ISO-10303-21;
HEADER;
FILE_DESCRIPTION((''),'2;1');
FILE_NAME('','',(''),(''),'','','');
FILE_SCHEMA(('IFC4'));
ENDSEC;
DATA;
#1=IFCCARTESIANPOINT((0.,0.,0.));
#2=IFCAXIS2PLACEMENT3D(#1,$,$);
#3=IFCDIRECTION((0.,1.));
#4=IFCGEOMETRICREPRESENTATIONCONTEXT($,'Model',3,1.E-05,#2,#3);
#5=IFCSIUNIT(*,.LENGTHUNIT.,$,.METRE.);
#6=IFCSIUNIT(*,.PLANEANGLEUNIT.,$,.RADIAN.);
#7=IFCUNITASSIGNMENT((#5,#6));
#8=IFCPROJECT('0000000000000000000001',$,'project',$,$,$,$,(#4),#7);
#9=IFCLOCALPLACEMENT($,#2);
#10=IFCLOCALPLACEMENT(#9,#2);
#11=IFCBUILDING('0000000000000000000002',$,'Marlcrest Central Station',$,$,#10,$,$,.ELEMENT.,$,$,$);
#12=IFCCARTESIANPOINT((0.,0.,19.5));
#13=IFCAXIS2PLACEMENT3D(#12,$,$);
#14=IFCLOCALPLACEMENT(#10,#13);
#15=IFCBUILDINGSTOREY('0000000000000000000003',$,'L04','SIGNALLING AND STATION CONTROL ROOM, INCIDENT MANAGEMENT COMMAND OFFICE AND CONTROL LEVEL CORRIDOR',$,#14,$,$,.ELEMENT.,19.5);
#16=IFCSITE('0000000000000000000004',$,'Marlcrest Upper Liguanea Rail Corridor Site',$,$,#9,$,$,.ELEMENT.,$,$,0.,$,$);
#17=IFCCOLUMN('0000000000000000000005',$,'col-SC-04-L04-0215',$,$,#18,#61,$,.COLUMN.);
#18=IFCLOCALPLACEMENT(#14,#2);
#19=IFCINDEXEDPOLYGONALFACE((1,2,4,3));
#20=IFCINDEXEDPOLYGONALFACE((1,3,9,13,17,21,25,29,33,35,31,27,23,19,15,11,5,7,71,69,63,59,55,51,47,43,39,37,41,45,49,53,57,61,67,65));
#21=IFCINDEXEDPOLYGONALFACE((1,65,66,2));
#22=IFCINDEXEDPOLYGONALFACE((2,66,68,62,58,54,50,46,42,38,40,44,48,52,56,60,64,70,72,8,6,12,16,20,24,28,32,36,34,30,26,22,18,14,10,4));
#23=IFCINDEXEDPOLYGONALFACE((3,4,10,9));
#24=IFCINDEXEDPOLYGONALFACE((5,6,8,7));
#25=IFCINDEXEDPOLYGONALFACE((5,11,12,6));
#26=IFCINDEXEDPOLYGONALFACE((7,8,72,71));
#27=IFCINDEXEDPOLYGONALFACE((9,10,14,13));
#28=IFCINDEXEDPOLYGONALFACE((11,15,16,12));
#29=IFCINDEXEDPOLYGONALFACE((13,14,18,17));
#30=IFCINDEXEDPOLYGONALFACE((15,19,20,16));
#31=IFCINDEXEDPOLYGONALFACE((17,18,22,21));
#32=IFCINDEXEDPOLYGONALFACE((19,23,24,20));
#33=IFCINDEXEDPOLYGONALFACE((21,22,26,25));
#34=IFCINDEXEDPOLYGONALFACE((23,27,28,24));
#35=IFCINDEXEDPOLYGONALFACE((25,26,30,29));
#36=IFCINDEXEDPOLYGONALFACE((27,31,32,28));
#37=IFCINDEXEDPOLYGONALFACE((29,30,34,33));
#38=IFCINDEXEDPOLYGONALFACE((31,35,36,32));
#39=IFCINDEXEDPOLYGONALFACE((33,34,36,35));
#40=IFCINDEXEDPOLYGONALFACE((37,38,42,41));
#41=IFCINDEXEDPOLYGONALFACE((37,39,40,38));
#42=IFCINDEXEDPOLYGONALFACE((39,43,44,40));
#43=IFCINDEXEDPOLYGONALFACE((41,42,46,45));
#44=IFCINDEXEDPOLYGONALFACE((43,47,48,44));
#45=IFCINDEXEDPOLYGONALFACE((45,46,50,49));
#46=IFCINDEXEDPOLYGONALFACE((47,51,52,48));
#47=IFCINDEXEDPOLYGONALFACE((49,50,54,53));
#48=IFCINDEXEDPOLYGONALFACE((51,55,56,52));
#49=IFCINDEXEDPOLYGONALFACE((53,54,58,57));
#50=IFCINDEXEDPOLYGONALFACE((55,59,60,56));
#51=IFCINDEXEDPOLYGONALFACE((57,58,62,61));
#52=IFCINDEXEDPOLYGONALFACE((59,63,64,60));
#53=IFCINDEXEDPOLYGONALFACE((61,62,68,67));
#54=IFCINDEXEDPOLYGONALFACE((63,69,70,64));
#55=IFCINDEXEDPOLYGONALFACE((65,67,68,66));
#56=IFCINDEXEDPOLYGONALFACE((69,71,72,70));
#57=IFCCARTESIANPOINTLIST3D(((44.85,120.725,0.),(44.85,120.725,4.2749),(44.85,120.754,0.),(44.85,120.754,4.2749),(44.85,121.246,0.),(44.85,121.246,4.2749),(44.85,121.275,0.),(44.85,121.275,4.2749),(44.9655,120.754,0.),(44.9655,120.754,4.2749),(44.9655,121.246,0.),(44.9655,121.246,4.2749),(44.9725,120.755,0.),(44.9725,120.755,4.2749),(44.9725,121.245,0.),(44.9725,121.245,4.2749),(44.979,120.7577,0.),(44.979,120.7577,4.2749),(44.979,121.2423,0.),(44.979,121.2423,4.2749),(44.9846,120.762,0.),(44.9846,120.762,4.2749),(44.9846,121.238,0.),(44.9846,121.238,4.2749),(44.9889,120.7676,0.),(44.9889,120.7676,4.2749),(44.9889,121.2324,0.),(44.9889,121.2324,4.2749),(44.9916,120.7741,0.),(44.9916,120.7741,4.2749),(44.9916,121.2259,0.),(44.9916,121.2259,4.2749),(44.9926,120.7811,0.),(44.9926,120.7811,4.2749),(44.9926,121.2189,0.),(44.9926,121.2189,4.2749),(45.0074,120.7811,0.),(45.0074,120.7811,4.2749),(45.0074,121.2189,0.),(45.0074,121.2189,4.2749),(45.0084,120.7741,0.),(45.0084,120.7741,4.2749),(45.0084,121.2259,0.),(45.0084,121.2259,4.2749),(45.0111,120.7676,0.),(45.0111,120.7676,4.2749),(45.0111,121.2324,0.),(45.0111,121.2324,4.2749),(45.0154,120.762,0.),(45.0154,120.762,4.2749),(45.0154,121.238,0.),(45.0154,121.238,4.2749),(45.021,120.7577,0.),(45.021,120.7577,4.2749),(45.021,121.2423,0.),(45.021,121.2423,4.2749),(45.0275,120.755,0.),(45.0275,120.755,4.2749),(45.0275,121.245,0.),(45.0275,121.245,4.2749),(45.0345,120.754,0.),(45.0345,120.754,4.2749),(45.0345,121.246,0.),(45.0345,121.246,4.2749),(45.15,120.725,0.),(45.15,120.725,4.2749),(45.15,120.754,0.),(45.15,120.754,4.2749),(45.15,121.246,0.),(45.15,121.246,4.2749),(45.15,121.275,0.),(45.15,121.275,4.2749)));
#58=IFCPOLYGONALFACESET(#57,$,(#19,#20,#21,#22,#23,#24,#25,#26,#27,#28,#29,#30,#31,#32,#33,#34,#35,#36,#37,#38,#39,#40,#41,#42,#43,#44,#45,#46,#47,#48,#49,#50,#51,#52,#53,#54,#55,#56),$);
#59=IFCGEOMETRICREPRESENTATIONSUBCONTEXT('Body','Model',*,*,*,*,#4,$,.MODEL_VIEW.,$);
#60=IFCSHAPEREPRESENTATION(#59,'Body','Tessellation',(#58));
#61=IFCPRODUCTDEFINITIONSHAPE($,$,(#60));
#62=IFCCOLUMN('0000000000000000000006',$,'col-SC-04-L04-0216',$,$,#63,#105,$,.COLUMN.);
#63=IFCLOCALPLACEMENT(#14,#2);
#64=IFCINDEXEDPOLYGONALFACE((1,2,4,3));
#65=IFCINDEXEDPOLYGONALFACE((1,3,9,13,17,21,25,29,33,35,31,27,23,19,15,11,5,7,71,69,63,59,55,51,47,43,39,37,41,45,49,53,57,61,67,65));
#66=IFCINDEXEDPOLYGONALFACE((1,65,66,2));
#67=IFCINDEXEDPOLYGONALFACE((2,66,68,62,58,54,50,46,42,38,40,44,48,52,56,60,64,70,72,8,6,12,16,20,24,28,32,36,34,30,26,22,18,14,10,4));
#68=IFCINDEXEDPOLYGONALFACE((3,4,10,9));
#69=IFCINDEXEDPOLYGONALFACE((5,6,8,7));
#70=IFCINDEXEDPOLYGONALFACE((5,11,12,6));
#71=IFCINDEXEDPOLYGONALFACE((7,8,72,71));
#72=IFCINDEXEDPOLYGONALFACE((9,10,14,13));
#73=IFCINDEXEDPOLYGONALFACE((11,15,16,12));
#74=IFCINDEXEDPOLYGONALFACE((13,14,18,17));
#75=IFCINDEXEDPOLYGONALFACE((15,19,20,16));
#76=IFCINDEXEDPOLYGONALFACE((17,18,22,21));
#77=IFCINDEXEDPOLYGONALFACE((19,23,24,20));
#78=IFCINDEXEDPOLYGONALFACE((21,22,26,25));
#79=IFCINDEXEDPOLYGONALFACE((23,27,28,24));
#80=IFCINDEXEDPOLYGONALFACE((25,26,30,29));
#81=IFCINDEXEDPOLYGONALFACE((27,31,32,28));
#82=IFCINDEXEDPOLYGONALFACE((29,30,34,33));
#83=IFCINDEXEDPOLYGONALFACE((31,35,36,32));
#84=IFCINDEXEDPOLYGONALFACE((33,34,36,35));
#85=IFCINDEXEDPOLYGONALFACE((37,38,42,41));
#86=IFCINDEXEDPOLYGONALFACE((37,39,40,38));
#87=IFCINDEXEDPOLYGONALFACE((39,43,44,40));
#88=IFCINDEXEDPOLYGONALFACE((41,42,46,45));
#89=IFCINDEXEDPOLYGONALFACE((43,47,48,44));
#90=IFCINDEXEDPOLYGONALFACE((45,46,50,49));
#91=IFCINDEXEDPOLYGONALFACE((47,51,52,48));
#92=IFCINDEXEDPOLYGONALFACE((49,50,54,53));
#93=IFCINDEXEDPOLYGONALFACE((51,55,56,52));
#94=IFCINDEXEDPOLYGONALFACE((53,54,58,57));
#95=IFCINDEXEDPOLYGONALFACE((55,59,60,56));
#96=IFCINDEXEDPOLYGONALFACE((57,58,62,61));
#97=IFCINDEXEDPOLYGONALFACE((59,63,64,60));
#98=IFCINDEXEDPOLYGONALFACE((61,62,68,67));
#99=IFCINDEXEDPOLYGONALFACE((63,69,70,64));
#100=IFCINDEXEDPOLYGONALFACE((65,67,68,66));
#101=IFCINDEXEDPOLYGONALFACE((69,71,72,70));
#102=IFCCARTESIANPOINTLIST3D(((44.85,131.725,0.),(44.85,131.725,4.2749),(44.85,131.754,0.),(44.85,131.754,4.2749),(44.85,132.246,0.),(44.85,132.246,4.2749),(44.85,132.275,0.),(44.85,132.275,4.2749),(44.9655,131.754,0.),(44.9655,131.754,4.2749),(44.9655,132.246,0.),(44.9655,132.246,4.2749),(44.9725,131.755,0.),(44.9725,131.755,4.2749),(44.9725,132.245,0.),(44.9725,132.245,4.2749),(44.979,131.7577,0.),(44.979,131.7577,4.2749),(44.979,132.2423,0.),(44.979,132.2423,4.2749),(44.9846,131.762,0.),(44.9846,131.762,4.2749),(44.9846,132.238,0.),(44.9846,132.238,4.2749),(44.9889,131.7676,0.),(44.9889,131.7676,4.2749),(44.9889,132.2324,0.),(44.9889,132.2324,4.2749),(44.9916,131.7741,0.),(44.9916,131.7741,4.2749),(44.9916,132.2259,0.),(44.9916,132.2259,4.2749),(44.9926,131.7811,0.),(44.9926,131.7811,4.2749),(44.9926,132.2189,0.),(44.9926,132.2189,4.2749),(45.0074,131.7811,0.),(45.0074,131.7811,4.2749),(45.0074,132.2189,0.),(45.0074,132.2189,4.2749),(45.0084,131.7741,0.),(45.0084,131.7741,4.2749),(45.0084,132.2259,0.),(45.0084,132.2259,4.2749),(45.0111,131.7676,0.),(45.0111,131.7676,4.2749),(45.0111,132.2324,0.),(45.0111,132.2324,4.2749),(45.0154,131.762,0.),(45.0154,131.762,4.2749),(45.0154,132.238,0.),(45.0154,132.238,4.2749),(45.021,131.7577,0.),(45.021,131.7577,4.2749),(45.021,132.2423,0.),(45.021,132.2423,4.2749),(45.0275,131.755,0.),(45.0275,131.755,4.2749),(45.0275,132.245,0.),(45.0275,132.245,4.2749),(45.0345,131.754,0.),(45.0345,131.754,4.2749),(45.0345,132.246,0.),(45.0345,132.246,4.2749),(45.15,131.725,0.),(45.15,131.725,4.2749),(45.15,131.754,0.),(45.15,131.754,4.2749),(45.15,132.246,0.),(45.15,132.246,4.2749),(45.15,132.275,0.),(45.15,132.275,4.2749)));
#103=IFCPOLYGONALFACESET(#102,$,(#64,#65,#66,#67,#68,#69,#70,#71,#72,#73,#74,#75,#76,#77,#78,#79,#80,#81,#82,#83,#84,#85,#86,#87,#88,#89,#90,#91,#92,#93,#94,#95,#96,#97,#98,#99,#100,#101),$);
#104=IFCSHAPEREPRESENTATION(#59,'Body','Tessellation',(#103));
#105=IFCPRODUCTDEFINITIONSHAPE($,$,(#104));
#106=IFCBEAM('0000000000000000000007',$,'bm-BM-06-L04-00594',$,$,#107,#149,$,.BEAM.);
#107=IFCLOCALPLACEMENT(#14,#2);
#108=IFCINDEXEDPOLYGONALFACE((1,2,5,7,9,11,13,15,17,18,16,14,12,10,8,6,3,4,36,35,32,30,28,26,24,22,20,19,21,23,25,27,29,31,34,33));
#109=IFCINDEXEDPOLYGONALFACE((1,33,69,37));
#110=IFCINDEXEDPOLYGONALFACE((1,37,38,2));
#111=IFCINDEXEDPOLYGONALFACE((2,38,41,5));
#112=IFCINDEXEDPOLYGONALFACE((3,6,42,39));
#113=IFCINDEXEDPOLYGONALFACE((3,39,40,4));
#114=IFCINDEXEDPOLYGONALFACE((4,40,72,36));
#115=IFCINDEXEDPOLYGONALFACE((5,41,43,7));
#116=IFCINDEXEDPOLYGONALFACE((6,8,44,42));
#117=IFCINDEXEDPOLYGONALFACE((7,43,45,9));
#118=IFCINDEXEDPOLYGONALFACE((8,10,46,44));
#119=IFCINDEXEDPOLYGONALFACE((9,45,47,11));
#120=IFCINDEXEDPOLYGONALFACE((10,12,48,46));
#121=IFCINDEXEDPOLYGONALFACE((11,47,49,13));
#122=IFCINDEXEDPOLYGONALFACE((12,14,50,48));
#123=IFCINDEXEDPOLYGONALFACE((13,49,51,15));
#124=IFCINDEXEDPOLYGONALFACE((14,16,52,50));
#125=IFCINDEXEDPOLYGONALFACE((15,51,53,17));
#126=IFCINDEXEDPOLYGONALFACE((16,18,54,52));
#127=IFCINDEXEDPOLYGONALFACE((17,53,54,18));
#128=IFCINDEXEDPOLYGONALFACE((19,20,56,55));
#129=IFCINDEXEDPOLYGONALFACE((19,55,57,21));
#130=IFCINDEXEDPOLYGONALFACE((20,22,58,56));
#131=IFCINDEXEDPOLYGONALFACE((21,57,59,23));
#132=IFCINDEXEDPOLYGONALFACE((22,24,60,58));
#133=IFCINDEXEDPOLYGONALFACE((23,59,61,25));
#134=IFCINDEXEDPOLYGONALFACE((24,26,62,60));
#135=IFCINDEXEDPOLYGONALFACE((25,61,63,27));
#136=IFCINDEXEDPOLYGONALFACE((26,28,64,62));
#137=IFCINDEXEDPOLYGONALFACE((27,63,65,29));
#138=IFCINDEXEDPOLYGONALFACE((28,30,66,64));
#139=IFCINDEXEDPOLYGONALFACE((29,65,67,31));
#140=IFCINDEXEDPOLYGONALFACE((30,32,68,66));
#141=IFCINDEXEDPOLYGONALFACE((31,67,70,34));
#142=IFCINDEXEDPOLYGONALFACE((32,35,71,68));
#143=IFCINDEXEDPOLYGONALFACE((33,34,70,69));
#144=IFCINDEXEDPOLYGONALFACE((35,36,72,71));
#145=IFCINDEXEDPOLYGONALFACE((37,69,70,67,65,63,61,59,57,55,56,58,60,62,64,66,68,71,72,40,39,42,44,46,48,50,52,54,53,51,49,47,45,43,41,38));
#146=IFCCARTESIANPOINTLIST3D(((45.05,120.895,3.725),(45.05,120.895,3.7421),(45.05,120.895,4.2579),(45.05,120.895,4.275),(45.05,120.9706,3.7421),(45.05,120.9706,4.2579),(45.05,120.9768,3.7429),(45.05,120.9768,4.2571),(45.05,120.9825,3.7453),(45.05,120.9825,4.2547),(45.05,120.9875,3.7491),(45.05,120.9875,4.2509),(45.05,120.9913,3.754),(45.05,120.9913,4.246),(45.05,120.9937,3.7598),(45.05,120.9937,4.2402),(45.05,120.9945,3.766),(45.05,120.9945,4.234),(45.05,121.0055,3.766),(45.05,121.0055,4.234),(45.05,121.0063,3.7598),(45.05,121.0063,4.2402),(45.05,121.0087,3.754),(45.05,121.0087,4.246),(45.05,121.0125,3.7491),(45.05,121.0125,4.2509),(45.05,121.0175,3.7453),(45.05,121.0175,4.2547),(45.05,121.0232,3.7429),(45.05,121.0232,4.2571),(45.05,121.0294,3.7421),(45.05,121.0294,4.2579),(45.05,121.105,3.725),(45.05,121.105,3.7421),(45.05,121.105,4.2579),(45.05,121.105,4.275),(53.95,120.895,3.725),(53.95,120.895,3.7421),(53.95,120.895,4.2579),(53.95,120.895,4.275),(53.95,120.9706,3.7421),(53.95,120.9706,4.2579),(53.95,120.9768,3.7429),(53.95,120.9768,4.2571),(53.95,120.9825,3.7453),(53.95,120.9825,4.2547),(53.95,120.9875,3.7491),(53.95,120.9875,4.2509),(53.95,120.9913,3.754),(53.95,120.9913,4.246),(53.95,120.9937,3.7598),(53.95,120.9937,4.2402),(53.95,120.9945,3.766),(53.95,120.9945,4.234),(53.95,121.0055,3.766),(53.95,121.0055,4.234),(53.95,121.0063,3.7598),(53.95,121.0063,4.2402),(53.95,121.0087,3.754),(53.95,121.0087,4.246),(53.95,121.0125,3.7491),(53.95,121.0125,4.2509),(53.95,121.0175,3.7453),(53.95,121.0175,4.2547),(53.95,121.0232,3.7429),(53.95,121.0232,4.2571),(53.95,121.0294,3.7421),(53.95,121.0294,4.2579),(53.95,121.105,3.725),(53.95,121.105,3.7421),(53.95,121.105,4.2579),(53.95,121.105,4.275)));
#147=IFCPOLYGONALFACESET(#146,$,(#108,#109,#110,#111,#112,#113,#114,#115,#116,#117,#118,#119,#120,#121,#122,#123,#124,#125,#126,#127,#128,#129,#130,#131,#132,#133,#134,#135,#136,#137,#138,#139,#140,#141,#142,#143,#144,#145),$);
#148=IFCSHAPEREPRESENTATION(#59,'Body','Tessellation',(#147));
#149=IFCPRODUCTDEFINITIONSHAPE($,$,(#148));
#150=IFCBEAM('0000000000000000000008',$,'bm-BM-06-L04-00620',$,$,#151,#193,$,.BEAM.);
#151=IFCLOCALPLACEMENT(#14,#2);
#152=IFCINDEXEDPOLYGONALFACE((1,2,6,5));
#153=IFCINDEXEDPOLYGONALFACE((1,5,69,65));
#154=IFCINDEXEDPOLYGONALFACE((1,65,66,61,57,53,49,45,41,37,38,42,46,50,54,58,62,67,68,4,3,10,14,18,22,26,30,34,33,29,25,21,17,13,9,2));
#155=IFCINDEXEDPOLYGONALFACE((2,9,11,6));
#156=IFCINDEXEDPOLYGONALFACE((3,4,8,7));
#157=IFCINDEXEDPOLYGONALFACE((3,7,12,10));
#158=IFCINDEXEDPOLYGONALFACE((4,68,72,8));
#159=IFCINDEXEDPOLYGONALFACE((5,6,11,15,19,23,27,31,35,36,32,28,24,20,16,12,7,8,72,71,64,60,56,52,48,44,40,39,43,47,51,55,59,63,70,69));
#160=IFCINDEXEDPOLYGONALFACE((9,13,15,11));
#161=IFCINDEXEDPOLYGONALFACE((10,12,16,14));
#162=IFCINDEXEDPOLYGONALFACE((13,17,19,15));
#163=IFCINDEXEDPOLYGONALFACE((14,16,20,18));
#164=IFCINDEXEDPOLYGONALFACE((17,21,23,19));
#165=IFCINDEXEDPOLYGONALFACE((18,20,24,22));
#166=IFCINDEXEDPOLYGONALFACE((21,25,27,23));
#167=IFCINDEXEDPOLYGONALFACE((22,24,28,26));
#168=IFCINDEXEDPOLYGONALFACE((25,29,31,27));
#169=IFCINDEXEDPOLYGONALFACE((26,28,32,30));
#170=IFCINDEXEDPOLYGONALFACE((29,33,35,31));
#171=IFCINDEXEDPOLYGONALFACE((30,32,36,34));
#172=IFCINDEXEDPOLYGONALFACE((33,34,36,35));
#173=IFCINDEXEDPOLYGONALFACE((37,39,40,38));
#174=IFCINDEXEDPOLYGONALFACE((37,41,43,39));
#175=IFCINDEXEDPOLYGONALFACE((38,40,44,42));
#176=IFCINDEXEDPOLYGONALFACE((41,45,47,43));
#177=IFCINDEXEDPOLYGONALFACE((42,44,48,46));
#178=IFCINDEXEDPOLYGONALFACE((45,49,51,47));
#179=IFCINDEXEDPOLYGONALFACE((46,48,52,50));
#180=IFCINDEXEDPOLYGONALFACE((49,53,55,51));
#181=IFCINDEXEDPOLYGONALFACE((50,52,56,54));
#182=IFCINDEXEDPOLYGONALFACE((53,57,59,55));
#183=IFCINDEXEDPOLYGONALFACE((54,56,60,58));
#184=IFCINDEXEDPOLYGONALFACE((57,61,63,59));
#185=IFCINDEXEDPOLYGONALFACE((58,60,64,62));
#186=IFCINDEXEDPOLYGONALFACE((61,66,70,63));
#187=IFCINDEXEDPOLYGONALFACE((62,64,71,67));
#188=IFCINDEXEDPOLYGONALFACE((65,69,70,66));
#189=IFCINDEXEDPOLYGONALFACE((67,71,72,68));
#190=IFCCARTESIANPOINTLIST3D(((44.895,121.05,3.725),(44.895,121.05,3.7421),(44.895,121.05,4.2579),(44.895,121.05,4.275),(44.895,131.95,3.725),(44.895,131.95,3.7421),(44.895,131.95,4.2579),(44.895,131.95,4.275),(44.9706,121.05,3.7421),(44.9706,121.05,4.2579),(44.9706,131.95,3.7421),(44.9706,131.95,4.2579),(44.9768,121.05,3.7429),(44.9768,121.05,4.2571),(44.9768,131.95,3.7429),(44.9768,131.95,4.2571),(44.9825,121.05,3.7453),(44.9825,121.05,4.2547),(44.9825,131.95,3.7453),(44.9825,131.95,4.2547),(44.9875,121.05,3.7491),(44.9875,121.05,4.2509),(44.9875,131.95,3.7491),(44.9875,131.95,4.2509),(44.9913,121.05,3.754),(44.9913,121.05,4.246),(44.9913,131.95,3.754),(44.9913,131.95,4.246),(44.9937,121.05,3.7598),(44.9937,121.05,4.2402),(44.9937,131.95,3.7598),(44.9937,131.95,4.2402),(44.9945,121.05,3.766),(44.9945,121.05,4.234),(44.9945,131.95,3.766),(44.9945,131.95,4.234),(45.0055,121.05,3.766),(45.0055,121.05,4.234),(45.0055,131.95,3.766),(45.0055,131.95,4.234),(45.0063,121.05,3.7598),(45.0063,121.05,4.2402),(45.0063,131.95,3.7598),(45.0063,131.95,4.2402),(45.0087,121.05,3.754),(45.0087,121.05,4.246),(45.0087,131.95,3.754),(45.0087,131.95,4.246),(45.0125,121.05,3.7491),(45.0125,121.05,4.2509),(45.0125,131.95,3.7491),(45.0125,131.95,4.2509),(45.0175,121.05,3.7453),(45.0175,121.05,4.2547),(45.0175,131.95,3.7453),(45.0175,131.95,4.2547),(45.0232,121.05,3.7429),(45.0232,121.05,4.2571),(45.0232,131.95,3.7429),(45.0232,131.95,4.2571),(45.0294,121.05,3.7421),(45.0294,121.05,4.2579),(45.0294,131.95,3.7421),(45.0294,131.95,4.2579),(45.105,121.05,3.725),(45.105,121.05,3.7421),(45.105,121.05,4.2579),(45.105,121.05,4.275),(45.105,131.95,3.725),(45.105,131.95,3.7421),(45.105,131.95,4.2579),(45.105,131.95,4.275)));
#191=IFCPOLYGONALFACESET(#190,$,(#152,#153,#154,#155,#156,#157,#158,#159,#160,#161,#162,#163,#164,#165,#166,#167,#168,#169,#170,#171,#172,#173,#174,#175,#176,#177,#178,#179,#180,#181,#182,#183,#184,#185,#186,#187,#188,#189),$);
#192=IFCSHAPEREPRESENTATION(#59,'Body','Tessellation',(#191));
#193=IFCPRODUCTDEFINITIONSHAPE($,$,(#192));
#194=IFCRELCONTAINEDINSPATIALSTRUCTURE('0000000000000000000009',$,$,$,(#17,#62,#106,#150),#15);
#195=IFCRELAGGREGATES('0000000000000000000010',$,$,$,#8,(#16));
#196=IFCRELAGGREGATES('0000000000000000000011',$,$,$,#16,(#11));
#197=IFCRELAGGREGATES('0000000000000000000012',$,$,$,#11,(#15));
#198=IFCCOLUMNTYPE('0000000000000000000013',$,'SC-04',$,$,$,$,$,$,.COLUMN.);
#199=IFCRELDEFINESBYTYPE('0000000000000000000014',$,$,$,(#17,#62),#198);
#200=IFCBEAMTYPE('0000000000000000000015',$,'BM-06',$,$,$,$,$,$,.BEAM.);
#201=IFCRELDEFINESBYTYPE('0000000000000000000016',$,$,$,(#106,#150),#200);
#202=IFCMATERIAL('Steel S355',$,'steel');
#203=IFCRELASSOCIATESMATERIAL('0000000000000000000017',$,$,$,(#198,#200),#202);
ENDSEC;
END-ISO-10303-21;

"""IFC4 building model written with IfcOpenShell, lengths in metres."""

from ifc_helpers import new_model, si_unit, direction, frame, origin, origin_2d, place, context, subcontext, project, spatial, i_section, extrude, material, material_profile, profile_set, type_object, element, save


model = new_model("IFC4")

# Units and contexts
model_context = context("Model", 3, precision=1e-05, world=origin(), true_north=direction((0.0, 1.0)))
body_context = subcontext(model_context, "Body", "Model", "MODEL_VIEW")
ifc_project = project(units=[si_unit("LENGTHUNIT", "METRE"), si_unit("PLANEANGLEUNIT", "RADIAN")], contexts=[model_context])

# Site, building, storey
site_placement = place(None, origin())
site = spatial("IfcSite", under=ifc_project, at=site_placement, Name="Marlcrest Upper Liguanea Rail Corridor Site", CompositionType="ELEMENT", RefElevation=0.0)
building_placement = place(site_placement, origin())
building = spatial("IfcBuilding", under=site, at=building_placement, Name="Marlcrest Central Station", CompositionType="ELEMENT")
storey_placement = place(building_placement, frame((0.0, 0.0, 19.5)))
storey = spatial("IfcBuildingStorey", under=building, at=storey_placement, Name="L04", Description="SIGNALLING AND STATION CONTROL ROOM, INCIDENT MANAGEMENT COMMAND OFFICE AND CONTROL LEVEL CORRIDOR", CompositionType="ELEMENT", Elevation=19.5)

# Columns
ifc_material_1 = material(Name="Steel S355", Category="steel")
ifc_material_profile_1 = material_profile(ifc_material_1, i_section(OverallWidth=0.3, OverallDepth=0.55, WebThickness=0.0149, FlangeThickness=0.0291, FilletRadius=0.0271, at=origin_2d()), Name="HEB 550")
ifc_profile_set_1 = profile_set([ifc_material_profile_1], Name="Steel S355")
column_type = type_object("IfcColumnType", Name="SC-04", PredefinedType="COLUMN", material=ifc_profile_set_1)
for number, where, z_axis, x_axis, name in (
    (1, (45.0, 121.0, 0.0), (0.0, 0.0, 1.0), (1.0, 0.0, 0.0), "col-SC-04-L04-0215"),
    (2, (45.0, 132.0, 0.0), (0.0, 0.0, 1.0), (1.0, 0.0, 0.0), "col-SC-04-L04-0216"),
):
    element("IfcColumn", number, at=place(storey_placement, frame(where, z_axis=z_axis, x_axis=x_axis)), inside=storey, type_object=column_type, Name=name, PredefinedType="COLUMN", context=body_context, shape_type="SweptSolid", body=[
        extrude(i_section(OverallWidth=0.3, OverallDepth=0.55, WebThickness=0.0149, FlangeThickness=0.0291, FilletRadius=0.0271, at=origin_2d()), origin(), (0.0, 0.0, 1.0), 4.2749),
    ])

# Beams
ifc_material_profile_2 = material_profile(ifc_material_1, i_section(OverallWidth=0.21, OverallDepth=0.55, WebThickness=0.011, FlangeThickness=0.0171, FilletRadius=0.0239, at=origin_2d()), Name="IPE 550")
ifc_profile_set_2 = profile_set([ifc_material_profile_2], Name="Steel S355")
beam_type_1 = type_object("IfcBeamType", Name="BM-06", PredefinedType="BEAM", material=ifc_profile_set_2)
beam_1_placement = place(storey_placement, frame((45.05, 121.0, 4.0), z_axis=(1.0, 0.0, 0.0), x_axis=(0.0, 1.0, 0.0)))
element("IfcBeam", 3, at=beam_1_placement, inside=storey, type_object=beam_type_1, Name="bm-BM-06-L04-00594", PredefinedType="BEAM", context=body_context, shape_type="SweptSolid", body=[
    extrude(i_section(OverallWidth=0.21, OverallDepth=0.55, WebThickness=0.011, FlangeThickness=0.0171, FilletRadius=0.0239, at=origin_2d()), origin(), (0.0, 0.0, 1.0), 8.8999),
])
beam_2_placement = place(storey_placement, frame((45.0, 121.05, 4.0), z_axis=(0.0, 1.0, 0.0), x_axis=(-1.0, 0.0, 0.0)))
element("IfcBeam", 4, at=beam_2_placement, inside=storey, type_object=beam_type_1, Name="bm-BM-06-L04-00620", PredefinedType="BEAM", context=body_context, shape_type="SweptSolid", body=[
    extrude(i_section(OverallWidth=0.21, OverallDepth=0.55, WebThickness=0.011, FlangeThickness=0.0171, FilletRadius=0.0239, at=origin_2d()), origin(), (0.0, 0.0, 1.0), 10.8999),
])

save(model, "model.ifc")
